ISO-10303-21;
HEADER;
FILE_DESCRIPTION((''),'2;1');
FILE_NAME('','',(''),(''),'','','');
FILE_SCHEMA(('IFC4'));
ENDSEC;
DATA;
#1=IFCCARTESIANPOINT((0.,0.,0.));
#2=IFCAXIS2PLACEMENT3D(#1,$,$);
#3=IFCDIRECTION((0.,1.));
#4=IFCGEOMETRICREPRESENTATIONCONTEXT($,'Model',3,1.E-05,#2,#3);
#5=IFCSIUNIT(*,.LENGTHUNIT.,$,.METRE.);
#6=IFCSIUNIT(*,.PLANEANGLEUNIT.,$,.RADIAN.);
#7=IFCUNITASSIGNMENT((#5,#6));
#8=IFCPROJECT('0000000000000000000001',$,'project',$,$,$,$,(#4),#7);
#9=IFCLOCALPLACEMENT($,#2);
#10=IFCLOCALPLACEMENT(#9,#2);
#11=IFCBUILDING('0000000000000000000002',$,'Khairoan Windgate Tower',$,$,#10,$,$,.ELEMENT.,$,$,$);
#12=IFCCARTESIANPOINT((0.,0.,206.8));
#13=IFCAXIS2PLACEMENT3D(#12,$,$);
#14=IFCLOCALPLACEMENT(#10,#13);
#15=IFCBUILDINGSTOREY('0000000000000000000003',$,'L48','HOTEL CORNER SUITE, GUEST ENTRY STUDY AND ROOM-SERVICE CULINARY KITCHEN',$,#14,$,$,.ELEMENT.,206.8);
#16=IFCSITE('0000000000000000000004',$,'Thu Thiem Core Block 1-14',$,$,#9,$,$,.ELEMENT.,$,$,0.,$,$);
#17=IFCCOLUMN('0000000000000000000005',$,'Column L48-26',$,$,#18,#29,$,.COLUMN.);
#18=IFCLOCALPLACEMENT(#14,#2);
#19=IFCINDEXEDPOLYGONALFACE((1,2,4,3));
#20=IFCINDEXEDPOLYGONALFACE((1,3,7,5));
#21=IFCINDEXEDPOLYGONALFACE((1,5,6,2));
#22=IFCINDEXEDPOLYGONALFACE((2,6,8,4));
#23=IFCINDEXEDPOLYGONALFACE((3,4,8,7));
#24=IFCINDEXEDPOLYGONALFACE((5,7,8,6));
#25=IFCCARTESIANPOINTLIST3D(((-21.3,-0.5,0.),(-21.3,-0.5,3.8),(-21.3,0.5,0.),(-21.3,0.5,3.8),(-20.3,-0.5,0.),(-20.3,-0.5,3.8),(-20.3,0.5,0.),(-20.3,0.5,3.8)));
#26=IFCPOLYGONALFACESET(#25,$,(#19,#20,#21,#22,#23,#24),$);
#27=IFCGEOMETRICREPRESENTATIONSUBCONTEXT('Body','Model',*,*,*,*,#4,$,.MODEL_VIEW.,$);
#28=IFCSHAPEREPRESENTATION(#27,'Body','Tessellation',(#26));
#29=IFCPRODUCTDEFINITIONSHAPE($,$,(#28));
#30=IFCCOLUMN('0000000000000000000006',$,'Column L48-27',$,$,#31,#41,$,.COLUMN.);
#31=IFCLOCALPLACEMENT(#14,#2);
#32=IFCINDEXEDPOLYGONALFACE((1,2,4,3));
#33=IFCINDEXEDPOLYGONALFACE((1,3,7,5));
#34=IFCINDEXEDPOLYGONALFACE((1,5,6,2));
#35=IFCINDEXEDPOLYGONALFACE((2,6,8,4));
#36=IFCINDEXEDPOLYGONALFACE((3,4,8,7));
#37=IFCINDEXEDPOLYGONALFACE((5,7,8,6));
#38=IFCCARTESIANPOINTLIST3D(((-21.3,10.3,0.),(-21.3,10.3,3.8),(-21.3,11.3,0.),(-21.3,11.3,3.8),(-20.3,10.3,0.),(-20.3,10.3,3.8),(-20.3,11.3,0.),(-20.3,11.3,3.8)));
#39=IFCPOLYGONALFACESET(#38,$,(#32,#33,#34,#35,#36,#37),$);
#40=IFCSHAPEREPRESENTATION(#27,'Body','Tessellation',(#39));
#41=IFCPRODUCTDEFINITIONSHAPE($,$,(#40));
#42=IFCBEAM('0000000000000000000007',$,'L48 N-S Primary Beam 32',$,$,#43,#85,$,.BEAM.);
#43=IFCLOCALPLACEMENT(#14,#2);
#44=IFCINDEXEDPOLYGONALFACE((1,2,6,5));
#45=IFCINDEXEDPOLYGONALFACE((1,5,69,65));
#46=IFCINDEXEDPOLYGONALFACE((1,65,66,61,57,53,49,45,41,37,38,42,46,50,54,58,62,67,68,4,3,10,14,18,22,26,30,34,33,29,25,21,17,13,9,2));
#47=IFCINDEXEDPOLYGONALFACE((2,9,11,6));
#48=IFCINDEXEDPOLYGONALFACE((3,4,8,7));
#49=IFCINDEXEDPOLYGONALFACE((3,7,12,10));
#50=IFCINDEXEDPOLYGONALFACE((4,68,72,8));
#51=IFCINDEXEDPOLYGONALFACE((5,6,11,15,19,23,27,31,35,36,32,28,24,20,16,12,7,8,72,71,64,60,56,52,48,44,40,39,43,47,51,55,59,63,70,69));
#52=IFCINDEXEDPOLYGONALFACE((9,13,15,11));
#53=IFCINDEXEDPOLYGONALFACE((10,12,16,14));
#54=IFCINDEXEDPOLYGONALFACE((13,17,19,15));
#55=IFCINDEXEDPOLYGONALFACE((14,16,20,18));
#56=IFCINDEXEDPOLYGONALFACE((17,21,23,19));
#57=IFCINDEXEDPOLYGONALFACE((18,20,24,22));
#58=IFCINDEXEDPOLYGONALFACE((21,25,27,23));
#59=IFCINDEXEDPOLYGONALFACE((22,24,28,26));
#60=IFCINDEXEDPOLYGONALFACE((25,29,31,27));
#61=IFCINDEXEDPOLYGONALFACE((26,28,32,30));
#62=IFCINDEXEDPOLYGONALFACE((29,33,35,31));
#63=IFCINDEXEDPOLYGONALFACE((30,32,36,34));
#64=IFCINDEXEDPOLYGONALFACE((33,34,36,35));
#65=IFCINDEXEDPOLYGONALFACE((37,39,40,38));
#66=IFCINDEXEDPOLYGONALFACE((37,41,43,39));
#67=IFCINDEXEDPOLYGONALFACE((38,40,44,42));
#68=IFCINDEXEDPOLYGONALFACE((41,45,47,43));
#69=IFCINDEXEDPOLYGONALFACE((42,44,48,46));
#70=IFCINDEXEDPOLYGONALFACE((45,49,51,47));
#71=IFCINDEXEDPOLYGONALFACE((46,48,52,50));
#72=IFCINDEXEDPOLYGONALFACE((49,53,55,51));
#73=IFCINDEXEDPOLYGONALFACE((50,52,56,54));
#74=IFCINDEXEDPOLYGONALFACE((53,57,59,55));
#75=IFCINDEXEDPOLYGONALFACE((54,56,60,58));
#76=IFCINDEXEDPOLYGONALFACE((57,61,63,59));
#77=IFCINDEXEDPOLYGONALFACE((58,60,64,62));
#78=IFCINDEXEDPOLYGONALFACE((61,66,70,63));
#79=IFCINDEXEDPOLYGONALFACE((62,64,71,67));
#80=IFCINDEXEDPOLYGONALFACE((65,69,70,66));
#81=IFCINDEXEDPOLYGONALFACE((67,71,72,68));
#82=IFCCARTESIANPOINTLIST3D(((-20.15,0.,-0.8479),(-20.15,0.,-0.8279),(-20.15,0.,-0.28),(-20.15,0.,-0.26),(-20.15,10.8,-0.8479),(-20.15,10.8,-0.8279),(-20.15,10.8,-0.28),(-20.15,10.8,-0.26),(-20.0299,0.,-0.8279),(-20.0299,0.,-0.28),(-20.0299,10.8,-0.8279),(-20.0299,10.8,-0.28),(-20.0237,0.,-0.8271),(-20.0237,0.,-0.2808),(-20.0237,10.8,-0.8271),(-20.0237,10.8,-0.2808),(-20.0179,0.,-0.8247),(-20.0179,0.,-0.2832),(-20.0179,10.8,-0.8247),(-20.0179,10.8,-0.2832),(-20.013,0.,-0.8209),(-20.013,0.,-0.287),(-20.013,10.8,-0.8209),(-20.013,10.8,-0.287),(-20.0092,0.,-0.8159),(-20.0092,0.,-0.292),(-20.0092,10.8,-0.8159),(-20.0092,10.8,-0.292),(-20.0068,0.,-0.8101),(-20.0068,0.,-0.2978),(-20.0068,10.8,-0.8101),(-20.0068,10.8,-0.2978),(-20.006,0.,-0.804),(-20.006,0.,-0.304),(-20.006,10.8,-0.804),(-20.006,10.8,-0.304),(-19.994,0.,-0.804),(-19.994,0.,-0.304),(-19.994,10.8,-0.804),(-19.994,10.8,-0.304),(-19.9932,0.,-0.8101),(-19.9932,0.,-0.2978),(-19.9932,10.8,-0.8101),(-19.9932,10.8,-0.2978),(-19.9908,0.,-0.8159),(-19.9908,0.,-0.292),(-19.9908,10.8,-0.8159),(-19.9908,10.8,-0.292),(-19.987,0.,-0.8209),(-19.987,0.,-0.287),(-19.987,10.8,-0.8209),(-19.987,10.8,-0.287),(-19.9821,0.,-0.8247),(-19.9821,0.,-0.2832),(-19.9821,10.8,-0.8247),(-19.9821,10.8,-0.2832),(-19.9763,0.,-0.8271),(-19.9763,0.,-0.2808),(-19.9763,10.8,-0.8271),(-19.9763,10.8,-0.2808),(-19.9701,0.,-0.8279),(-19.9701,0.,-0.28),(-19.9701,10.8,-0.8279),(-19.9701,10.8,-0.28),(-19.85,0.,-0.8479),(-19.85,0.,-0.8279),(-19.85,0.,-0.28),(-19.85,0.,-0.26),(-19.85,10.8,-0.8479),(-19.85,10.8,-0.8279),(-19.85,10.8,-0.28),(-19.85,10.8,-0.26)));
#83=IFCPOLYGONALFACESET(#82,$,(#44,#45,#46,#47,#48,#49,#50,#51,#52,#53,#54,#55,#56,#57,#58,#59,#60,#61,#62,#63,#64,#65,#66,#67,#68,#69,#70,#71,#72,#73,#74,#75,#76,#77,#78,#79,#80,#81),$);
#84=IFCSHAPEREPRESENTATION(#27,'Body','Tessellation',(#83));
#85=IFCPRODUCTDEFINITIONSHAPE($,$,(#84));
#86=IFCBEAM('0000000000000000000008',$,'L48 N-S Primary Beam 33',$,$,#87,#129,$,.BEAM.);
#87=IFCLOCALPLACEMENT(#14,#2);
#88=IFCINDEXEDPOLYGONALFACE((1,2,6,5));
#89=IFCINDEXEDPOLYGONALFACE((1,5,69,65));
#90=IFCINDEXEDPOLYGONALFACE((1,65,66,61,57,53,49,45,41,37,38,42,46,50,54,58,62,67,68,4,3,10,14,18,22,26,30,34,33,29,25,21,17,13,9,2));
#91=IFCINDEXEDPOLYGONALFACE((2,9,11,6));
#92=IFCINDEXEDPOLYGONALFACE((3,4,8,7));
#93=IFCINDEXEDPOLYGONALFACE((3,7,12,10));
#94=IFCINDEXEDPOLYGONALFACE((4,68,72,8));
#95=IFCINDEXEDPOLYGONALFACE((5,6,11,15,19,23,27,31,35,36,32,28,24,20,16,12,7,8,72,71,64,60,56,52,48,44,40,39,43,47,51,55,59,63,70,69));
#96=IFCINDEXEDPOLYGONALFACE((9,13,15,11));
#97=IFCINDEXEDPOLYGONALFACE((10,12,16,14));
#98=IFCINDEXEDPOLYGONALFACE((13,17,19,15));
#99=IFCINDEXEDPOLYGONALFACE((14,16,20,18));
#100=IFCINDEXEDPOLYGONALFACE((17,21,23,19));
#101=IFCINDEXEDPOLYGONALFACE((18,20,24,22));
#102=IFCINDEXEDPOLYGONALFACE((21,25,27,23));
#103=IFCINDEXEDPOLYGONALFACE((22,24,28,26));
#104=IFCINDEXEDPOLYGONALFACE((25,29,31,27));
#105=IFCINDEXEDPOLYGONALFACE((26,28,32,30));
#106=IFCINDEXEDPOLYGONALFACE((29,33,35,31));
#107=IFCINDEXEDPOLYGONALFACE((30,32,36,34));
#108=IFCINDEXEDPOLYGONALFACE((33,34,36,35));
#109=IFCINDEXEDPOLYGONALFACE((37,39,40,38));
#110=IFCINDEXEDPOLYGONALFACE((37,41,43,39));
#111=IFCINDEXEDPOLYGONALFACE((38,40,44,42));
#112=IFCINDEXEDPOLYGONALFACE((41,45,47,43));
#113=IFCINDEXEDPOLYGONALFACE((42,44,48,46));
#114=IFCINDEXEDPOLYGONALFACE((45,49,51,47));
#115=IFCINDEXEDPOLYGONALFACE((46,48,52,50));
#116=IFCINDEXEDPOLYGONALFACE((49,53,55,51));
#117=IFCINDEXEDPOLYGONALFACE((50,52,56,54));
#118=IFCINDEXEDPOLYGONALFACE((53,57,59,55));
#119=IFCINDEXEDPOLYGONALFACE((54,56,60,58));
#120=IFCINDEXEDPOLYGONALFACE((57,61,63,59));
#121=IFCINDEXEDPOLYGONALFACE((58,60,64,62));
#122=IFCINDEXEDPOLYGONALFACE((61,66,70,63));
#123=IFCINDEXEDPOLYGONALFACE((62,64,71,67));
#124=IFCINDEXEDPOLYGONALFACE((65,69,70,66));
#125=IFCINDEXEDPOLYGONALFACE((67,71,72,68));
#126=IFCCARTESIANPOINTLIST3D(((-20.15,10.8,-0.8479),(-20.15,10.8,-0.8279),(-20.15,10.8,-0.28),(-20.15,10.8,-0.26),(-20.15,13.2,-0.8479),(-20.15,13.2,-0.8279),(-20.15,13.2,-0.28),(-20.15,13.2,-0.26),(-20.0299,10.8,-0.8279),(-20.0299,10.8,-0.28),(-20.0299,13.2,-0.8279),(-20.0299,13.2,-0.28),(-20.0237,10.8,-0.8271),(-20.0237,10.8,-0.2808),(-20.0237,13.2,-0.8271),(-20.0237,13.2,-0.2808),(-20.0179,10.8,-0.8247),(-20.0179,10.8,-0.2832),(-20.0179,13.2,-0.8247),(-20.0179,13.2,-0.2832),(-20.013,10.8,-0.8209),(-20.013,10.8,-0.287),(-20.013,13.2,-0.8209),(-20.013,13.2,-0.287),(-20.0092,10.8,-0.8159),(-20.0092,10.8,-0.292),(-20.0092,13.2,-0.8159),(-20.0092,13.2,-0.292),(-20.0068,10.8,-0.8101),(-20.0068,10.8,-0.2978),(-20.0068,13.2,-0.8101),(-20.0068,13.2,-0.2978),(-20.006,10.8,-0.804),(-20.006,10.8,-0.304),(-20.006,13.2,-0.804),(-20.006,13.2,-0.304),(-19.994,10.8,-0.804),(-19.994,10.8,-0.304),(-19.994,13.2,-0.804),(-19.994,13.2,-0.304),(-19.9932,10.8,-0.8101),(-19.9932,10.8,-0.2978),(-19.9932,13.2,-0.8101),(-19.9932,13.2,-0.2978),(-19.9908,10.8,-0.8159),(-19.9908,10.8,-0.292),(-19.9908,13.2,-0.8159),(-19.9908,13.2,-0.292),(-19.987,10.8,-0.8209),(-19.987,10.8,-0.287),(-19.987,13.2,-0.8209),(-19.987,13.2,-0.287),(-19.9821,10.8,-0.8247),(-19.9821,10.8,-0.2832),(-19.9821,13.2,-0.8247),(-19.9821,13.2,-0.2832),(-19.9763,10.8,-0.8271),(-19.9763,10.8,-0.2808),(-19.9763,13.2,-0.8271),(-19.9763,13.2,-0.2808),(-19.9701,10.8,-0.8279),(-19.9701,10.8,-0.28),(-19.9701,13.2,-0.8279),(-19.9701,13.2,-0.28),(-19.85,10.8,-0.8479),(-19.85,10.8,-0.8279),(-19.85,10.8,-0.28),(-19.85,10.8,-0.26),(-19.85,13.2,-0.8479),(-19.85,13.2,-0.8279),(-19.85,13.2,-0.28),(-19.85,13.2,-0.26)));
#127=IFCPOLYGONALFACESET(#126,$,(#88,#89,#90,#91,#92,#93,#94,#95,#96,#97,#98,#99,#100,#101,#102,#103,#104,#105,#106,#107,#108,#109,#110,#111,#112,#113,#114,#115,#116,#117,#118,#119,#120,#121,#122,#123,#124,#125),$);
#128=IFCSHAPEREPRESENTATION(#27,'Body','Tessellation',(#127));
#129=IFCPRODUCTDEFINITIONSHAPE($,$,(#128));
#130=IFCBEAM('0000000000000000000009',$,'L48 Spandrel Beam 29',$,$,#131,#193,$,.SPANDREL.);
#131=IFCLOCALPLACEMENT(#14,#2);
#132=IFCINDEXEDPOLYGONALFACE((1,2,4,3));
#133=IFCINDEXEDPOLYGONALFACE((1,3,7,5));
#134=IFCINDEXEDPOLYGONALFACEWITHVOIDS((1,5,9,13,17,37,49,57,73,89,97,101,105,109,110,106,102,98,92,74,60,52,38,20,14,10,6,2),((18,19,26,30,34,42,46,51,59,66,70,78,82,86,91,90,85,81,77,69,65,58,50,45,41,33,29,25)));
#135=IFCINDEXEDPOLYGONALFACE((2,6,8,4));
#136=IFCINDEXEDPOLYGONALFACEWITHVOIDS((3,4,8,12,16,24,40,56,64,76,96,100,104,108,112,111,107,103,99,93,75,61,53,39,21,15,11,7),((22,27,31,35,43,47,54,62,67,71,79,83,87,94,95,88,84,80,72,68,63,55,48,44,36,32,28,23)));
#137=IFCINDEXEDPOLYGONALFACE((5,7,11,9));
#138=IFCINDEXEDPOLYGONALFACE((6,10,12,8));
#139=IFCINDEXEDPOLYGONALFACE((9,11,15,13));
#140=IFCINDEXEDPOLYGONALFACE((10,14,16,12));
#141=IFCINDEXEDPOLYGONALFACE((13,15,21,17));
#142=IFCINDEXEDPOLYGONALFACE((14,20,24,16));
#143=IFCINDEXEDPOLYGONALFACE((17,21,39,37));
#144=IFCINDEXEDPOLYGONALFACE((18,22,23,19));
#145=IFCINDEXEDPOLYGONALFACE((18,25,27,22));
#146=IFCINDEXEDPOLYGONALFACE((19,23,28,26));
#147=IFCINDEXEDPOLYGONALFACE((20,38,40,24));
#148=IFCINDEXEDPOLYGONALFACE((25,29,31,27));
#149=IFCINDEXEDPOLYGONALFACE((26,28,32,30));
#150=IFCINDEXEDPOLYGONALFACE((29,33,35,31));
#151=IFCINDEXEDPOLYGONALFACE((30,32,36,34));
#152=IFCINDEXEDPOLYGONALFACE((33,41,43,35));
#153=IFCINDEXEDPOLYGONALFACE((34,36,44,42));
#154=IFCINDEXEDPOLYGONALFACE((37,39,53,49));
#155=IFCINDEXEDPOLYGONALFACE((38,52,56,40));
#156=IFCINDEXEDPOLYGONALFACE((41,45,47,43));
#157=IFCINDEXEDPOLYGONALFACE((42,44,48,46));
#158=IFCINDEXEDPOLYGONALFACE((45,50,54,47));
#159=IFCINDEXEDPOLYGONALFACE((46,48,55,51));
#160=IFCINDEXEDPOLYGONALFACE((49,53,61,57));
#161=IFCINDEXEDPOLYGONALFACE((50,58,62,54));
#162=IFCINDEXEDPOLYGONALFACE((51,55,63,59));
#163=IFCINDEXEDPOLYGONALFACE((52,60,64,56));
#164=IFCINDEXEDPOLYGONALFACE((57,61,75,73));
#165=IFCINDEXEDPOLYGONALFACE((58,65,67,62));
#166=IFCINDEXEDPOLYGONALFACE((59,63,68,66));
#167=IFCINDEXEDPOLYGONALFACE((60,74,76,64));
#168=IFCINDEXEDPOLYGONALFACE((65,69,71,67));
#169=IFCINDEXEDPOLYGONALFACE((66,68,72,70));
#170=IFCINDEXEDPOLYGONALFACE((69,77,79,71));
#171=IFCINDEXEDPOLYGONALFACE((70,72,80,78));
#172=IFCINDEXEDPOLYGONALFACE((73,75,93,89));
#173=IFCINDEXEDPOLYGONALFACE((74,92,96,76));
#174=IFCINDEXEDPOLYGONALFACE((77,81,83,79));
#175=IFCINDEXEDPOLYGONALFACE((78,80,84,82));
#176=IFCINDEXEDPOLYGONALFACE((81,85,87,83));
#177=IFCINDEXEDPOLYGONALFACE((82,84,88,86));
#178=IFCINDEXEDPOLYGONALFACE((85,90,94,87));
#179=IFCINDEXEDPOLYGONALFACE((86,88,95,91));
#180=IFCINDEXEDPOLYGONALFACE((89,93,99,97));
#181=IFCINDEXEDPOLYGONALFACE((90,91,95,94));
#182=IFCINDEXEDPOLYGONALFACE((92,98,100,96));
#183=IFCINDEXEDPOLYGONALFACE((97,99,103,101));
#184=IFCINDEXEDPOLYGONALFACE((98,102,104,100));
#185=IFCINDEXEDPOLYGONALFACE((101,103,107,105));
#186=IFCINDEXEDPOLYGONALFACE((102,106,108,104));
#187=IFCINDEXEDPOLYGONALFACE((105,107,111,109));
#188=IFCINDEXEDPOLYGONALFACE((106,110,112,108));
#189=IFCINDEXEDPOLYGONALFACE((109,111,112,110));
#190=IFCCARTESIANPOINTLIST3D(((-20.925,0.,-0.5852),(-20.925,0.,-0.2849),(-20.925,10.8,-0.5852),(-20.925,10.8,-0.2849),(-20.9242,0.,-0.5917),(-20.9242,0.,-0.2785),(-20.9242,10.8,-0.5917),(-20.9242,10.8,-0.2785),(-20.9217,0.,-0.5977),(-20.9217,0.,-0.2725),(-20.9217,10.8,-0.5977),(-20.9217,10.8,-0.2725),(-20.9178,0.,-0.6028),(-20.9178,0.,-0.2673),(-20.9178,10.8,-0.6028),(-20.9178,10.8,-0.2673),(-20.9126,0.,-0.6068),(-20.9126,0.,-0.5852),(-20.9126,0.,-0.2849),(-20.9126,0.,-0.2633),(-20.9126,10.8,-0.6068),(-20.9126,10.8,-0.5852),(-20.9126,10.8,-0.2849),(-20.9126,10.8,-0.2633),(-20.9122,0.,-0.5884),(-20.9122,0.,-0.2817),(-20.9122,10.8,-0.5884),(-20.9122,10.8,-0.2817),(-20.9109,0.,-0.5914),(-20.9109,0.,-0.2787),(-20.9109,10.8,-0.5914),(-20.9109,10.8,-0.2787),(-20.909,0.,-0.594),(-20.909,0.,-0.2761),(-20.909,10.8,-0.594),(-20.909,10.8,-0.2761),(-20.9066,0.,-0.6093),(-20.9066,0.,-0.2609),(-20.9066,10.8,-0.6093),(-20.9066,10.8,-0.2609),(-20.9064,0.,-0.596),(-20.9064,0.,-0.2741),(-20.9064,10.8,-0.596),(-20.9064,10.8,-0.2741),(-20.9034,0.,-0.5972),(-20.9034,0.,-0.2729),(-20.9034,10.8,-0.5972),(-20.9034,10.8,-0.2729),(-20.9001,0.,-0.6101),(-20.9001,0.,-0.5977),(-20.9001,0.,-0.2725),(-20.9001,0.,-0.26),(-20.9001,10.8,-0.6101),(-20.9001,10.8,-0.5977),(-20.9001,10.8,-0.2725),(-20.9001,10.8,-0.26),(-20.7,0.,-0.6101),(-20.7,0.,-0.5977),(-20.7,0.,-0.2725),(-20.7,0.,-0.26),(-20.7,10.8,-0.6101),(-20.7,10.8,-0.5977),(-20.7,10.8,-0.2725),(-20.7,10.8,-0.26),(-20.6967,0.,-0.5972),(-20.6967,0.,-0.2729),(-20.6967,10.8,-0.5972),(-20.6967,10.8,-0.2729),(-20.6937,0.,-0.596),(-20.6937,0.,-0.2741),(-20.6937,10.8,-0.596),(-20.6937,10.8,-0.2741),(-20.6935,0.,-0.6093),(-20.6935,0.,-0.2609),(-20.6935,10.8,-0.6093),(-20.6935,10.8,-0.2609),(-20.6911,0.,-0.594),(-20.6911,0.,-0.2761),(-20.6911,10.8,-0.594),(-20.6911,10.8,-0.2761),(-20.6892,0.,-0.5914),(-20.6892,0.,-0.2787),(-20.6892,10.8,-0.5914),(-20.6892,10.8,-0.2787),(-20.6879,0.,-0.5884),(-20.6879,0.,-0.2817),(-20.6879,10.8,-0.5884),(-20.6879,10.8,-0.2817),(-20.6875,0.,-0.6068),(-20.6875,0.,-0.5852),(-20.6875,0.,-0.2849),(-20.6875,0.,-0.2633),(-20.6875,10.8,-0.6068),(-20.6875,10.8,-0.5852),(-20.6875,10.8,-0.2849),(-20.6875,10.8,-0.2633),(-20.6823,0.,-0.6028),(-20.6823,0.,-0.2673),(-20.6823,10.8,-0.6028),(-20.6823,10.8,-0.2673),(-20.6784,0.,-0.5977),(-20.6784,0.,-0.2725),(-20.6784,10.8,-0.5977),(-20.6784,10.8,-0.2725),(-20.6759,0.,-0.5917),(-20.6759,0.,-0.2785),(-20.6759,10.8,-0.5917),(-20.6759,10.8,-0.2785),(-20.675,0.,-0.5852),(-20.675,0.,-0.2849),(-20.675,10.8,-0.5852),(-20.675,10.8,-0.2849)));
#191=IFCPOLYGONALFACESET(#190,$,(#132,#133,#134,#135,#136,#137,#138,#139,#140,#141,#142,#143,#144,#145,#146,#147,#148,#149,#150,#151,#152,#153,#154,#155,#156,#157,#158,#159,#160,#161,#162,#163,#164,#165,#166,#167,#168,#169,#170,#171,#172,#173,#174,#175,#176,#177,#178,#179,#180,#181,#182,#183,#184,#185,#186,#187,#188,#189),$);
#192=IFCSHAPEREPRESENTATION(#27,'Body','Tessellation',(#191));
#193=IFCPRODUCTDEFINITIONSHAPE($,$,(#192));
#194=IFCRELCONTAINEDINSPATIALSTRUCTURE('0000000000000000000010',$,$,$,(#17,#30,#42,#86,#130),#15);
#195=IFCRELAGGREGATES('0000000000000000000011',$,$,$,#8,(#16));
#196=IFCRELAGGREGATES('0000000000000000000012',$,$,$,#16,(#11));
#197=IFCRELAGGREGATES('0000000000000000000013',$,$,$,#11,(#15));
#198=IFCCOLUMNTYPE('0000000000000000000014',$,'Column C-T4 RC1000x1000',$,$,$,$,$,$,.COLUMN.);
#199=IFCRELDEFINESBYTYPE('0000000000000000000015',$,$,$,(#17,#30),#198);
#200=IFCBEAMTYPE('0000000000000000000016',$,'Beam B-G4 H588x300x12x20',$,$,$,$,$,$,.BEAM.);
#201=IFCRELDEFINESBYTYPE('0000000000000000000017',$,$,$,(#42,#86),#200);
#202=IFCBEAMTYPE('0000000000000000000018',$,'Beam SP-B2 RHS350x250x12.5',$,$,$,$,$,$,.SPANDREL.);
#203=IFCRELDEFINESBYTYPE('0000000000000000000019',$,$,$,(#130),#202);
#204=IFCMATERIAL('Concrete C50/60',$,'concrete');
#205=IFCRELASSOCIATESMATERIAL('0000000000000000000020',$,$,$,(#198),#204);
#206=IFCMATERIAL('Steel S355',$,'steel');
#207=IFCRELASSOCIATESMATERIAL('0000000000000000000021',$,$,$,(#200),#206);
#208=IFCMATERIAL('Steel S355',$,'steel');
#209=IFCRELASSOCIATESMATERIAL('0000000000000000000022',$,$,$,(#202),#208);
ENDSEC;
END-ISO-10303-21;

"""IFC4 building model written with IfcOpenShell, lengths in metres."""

from ifc_helpers import new_model, si_unit, direction, frame, origin, origin_2d, place, context, subcontext, project, spatial, rectangle, hollow_rectangle, i_section, extrude, material, material_profile, profile_set, type_object, element, save


model = new_model("IFC4")

# Units and contexts
model_context = context("Model", 3, precision=1e-05, world=origin(), true_north=direction((0.0, 1.0)))
body_context = subcontext(model_context, "Body", "Model", "MODEL_VIEW")
ifc_project = project(units=[si_unit("LENGTHUNIT", "METRE"), si_unit("PLANEANGLEUNIT", "RADIAN")], contexts=[model_context])

# Site, building, storey
site_placement = place(None, origin())
site = spatial("IfcSite", under=ifc_project, at=site_placement, Name="Thu Thiem Core Block 1-14", CompositionType="ELEMENT", RefElevation=0.0)
building_placement = place(site_placement, origin())
building = spatial("IfcBuilding", under=site, at=building_placement, Name="Khairoan Windgate Tower", CompositionType="ELEMENT")
storey_placement = place(building_placement, frame((0.0, 0.0, 206.8)))
storey = spatial("IfcBuildingStorey", under=building, at=storey_placement, Name="L48", Description="HOTEL CORNER SUITE, GUEST ENTRY STUDY AND ROOM-SERVICE CULINARY KITCHEN", CompositionType="ELEMENT", Elevation=206.8)

# Columns
ifc_material_1 = material(Name="Concrete C50/60", Category="concrete")
ifc_material_profile_1 = material_profile(ifc_material_1, rectangle(XDim=1.0, YDim=1.0, at=origin_2d()))
ifc_profile_set_1 = profile_set([ifc_material_profile_1], Name="Concrete C50/60")
column_type = type_object("IfcColumnType", Name="Column C-T4 RC1000x1000", PredefinedType="COLUMN", material=ifc_profile_set_1)
for number, where, z_axis, x_axis, name in (
    (1, (-20.8, 0.0, 0.0), (0.0, 0.0, 1.0), (1.0, 0.0, 0.0), "Column L48-26"),
    (2, (-20.8, 10.8, 0.0), (0.0, 0.0, 1.0), (1.0, 0.0, 0.0), "Column L48-27"),
):
    element("IfcColumn", number, at=place(storey_placement, frame(where, z_axis=z_axis, x_axis=x_axis)), inside=storey, type_object=column_type, Name=name, PredefinedType="COLUMN", context=body_context, shape_type="SweptSolid", body=[
        extrude(rectangle(XDim=1.0, YDim=1.0, at=origin_2d()), origin(), (0.0, 0.0, 1.0), 3.8),
    ])

# Beams
ifc_material_2 = material(Name="Steel S355", Category="steel")
ifc_material_profile_2 = material_profile(ifc_material_2, i_section(OverallWidth=0.3, OverallDepth=0.5879, WebThickness=0.012, FlangeThickness=0.02, FilletRadius=0.0239, at=origin_2d()))
ifc_profile_set_2 = profile_set([ifc_material_profile_2], Name="Steel S355")
beam_type_1 = type_object("IfcBeamType", Name="Beam B-G4 H588x300x12x20", PredefinedType="BEAM", material=ifc_profile_set_2)
beam_1_placement = place(storey_placement, frame((-20.0, 0.0, -0.554), z_axis=(0.0, 1.0, 0.0), x_axis=(-1.0, 0.0, 0.0)))
element("IfcBeam", 3, at=beam_1_placement, inside=storey, type_object=beam_type_1, Name="L48 N-S Primary Beam 32", PredefinedType="BEAM", context=body_context, shape_type="SweptSolid", body=[
    extrude(i_section(OverallWidth=0.3, OverallDepth=0.5879, WebThickness=0.012, FlangeThickness=0.02, FilletRadius=0.0239, at=origin_2d()), origin(), (0.0, 0.0, 1.0), 10.8),
])
beam_2_placement = place(storey_placement, frame((-20.0, 10.8, -0.554), z_axis=(0.0, 1.0, 0.0), x_axis=(-1.0, 0.0, 0.0)))
element("IfcBeam", 4, at=beam_2_placement, inside=storey, type_object=beam_type_1, Name="L48 N-S Primary Beam 33", PredefinedType="BEAM", context=body_context, shape_type="SweptSolid", body=[
    extrude(i_section(OverallWidth=0.3, OverallDepth=0.5879, WebThickness=0.012, FlangeThickness=0.02, FilletRadius=0.0239, at=origin_2d()), origin(), (0.0, 0.0, 1.0), 2.3999),
])
ifc_material_3 = material(Name="Steel S355", Category="steel")
ifc_material_profile_3 = material_profile(ifc_material_3, hollow_rectangle(XDim=0.25, YDim=0.3501, WallThickness=0.0125, InnerFilletRadius=0.0125, OuterFilletRadius=0.0249, at=origin_2d()))
ifc_profile_set_3 = profile_set([ifc_material_profile_3], Name="Steel S355")
beam_type_2 = type_object("IfcBeamType", Name="Beam SP-B2 RHS350x250x12.5", PredefinedType="SPANDREL", material=ifc_profile_set_3)
beam_3_placement = place(storey_placement, frame((-20.8, 0.0, -0.4351), z_axis=(0.0, 1.0, 0.0), x_axis=(-1.0, 0.0, 0.0)))
element("IfcBeam", 5, at=beam_3_placement, inside=storey, type_object=beam_type_2, Name="L48 Spandrel Beam 29", PredefinedType="SPANDREL", context=body_context, shape_type="SweptSolid", body=[
    extrude(hollow_rectangle(XDim=0.25, YDim=0.3501, WallThickness=0.0125, InnerFilletRadius=0.0125, OuterFilletRadius=0.0249, at=origin_2d()), origin(), (0.0, 0.0, 1.0), 10.8),
])

save(model, "model.ifc")
